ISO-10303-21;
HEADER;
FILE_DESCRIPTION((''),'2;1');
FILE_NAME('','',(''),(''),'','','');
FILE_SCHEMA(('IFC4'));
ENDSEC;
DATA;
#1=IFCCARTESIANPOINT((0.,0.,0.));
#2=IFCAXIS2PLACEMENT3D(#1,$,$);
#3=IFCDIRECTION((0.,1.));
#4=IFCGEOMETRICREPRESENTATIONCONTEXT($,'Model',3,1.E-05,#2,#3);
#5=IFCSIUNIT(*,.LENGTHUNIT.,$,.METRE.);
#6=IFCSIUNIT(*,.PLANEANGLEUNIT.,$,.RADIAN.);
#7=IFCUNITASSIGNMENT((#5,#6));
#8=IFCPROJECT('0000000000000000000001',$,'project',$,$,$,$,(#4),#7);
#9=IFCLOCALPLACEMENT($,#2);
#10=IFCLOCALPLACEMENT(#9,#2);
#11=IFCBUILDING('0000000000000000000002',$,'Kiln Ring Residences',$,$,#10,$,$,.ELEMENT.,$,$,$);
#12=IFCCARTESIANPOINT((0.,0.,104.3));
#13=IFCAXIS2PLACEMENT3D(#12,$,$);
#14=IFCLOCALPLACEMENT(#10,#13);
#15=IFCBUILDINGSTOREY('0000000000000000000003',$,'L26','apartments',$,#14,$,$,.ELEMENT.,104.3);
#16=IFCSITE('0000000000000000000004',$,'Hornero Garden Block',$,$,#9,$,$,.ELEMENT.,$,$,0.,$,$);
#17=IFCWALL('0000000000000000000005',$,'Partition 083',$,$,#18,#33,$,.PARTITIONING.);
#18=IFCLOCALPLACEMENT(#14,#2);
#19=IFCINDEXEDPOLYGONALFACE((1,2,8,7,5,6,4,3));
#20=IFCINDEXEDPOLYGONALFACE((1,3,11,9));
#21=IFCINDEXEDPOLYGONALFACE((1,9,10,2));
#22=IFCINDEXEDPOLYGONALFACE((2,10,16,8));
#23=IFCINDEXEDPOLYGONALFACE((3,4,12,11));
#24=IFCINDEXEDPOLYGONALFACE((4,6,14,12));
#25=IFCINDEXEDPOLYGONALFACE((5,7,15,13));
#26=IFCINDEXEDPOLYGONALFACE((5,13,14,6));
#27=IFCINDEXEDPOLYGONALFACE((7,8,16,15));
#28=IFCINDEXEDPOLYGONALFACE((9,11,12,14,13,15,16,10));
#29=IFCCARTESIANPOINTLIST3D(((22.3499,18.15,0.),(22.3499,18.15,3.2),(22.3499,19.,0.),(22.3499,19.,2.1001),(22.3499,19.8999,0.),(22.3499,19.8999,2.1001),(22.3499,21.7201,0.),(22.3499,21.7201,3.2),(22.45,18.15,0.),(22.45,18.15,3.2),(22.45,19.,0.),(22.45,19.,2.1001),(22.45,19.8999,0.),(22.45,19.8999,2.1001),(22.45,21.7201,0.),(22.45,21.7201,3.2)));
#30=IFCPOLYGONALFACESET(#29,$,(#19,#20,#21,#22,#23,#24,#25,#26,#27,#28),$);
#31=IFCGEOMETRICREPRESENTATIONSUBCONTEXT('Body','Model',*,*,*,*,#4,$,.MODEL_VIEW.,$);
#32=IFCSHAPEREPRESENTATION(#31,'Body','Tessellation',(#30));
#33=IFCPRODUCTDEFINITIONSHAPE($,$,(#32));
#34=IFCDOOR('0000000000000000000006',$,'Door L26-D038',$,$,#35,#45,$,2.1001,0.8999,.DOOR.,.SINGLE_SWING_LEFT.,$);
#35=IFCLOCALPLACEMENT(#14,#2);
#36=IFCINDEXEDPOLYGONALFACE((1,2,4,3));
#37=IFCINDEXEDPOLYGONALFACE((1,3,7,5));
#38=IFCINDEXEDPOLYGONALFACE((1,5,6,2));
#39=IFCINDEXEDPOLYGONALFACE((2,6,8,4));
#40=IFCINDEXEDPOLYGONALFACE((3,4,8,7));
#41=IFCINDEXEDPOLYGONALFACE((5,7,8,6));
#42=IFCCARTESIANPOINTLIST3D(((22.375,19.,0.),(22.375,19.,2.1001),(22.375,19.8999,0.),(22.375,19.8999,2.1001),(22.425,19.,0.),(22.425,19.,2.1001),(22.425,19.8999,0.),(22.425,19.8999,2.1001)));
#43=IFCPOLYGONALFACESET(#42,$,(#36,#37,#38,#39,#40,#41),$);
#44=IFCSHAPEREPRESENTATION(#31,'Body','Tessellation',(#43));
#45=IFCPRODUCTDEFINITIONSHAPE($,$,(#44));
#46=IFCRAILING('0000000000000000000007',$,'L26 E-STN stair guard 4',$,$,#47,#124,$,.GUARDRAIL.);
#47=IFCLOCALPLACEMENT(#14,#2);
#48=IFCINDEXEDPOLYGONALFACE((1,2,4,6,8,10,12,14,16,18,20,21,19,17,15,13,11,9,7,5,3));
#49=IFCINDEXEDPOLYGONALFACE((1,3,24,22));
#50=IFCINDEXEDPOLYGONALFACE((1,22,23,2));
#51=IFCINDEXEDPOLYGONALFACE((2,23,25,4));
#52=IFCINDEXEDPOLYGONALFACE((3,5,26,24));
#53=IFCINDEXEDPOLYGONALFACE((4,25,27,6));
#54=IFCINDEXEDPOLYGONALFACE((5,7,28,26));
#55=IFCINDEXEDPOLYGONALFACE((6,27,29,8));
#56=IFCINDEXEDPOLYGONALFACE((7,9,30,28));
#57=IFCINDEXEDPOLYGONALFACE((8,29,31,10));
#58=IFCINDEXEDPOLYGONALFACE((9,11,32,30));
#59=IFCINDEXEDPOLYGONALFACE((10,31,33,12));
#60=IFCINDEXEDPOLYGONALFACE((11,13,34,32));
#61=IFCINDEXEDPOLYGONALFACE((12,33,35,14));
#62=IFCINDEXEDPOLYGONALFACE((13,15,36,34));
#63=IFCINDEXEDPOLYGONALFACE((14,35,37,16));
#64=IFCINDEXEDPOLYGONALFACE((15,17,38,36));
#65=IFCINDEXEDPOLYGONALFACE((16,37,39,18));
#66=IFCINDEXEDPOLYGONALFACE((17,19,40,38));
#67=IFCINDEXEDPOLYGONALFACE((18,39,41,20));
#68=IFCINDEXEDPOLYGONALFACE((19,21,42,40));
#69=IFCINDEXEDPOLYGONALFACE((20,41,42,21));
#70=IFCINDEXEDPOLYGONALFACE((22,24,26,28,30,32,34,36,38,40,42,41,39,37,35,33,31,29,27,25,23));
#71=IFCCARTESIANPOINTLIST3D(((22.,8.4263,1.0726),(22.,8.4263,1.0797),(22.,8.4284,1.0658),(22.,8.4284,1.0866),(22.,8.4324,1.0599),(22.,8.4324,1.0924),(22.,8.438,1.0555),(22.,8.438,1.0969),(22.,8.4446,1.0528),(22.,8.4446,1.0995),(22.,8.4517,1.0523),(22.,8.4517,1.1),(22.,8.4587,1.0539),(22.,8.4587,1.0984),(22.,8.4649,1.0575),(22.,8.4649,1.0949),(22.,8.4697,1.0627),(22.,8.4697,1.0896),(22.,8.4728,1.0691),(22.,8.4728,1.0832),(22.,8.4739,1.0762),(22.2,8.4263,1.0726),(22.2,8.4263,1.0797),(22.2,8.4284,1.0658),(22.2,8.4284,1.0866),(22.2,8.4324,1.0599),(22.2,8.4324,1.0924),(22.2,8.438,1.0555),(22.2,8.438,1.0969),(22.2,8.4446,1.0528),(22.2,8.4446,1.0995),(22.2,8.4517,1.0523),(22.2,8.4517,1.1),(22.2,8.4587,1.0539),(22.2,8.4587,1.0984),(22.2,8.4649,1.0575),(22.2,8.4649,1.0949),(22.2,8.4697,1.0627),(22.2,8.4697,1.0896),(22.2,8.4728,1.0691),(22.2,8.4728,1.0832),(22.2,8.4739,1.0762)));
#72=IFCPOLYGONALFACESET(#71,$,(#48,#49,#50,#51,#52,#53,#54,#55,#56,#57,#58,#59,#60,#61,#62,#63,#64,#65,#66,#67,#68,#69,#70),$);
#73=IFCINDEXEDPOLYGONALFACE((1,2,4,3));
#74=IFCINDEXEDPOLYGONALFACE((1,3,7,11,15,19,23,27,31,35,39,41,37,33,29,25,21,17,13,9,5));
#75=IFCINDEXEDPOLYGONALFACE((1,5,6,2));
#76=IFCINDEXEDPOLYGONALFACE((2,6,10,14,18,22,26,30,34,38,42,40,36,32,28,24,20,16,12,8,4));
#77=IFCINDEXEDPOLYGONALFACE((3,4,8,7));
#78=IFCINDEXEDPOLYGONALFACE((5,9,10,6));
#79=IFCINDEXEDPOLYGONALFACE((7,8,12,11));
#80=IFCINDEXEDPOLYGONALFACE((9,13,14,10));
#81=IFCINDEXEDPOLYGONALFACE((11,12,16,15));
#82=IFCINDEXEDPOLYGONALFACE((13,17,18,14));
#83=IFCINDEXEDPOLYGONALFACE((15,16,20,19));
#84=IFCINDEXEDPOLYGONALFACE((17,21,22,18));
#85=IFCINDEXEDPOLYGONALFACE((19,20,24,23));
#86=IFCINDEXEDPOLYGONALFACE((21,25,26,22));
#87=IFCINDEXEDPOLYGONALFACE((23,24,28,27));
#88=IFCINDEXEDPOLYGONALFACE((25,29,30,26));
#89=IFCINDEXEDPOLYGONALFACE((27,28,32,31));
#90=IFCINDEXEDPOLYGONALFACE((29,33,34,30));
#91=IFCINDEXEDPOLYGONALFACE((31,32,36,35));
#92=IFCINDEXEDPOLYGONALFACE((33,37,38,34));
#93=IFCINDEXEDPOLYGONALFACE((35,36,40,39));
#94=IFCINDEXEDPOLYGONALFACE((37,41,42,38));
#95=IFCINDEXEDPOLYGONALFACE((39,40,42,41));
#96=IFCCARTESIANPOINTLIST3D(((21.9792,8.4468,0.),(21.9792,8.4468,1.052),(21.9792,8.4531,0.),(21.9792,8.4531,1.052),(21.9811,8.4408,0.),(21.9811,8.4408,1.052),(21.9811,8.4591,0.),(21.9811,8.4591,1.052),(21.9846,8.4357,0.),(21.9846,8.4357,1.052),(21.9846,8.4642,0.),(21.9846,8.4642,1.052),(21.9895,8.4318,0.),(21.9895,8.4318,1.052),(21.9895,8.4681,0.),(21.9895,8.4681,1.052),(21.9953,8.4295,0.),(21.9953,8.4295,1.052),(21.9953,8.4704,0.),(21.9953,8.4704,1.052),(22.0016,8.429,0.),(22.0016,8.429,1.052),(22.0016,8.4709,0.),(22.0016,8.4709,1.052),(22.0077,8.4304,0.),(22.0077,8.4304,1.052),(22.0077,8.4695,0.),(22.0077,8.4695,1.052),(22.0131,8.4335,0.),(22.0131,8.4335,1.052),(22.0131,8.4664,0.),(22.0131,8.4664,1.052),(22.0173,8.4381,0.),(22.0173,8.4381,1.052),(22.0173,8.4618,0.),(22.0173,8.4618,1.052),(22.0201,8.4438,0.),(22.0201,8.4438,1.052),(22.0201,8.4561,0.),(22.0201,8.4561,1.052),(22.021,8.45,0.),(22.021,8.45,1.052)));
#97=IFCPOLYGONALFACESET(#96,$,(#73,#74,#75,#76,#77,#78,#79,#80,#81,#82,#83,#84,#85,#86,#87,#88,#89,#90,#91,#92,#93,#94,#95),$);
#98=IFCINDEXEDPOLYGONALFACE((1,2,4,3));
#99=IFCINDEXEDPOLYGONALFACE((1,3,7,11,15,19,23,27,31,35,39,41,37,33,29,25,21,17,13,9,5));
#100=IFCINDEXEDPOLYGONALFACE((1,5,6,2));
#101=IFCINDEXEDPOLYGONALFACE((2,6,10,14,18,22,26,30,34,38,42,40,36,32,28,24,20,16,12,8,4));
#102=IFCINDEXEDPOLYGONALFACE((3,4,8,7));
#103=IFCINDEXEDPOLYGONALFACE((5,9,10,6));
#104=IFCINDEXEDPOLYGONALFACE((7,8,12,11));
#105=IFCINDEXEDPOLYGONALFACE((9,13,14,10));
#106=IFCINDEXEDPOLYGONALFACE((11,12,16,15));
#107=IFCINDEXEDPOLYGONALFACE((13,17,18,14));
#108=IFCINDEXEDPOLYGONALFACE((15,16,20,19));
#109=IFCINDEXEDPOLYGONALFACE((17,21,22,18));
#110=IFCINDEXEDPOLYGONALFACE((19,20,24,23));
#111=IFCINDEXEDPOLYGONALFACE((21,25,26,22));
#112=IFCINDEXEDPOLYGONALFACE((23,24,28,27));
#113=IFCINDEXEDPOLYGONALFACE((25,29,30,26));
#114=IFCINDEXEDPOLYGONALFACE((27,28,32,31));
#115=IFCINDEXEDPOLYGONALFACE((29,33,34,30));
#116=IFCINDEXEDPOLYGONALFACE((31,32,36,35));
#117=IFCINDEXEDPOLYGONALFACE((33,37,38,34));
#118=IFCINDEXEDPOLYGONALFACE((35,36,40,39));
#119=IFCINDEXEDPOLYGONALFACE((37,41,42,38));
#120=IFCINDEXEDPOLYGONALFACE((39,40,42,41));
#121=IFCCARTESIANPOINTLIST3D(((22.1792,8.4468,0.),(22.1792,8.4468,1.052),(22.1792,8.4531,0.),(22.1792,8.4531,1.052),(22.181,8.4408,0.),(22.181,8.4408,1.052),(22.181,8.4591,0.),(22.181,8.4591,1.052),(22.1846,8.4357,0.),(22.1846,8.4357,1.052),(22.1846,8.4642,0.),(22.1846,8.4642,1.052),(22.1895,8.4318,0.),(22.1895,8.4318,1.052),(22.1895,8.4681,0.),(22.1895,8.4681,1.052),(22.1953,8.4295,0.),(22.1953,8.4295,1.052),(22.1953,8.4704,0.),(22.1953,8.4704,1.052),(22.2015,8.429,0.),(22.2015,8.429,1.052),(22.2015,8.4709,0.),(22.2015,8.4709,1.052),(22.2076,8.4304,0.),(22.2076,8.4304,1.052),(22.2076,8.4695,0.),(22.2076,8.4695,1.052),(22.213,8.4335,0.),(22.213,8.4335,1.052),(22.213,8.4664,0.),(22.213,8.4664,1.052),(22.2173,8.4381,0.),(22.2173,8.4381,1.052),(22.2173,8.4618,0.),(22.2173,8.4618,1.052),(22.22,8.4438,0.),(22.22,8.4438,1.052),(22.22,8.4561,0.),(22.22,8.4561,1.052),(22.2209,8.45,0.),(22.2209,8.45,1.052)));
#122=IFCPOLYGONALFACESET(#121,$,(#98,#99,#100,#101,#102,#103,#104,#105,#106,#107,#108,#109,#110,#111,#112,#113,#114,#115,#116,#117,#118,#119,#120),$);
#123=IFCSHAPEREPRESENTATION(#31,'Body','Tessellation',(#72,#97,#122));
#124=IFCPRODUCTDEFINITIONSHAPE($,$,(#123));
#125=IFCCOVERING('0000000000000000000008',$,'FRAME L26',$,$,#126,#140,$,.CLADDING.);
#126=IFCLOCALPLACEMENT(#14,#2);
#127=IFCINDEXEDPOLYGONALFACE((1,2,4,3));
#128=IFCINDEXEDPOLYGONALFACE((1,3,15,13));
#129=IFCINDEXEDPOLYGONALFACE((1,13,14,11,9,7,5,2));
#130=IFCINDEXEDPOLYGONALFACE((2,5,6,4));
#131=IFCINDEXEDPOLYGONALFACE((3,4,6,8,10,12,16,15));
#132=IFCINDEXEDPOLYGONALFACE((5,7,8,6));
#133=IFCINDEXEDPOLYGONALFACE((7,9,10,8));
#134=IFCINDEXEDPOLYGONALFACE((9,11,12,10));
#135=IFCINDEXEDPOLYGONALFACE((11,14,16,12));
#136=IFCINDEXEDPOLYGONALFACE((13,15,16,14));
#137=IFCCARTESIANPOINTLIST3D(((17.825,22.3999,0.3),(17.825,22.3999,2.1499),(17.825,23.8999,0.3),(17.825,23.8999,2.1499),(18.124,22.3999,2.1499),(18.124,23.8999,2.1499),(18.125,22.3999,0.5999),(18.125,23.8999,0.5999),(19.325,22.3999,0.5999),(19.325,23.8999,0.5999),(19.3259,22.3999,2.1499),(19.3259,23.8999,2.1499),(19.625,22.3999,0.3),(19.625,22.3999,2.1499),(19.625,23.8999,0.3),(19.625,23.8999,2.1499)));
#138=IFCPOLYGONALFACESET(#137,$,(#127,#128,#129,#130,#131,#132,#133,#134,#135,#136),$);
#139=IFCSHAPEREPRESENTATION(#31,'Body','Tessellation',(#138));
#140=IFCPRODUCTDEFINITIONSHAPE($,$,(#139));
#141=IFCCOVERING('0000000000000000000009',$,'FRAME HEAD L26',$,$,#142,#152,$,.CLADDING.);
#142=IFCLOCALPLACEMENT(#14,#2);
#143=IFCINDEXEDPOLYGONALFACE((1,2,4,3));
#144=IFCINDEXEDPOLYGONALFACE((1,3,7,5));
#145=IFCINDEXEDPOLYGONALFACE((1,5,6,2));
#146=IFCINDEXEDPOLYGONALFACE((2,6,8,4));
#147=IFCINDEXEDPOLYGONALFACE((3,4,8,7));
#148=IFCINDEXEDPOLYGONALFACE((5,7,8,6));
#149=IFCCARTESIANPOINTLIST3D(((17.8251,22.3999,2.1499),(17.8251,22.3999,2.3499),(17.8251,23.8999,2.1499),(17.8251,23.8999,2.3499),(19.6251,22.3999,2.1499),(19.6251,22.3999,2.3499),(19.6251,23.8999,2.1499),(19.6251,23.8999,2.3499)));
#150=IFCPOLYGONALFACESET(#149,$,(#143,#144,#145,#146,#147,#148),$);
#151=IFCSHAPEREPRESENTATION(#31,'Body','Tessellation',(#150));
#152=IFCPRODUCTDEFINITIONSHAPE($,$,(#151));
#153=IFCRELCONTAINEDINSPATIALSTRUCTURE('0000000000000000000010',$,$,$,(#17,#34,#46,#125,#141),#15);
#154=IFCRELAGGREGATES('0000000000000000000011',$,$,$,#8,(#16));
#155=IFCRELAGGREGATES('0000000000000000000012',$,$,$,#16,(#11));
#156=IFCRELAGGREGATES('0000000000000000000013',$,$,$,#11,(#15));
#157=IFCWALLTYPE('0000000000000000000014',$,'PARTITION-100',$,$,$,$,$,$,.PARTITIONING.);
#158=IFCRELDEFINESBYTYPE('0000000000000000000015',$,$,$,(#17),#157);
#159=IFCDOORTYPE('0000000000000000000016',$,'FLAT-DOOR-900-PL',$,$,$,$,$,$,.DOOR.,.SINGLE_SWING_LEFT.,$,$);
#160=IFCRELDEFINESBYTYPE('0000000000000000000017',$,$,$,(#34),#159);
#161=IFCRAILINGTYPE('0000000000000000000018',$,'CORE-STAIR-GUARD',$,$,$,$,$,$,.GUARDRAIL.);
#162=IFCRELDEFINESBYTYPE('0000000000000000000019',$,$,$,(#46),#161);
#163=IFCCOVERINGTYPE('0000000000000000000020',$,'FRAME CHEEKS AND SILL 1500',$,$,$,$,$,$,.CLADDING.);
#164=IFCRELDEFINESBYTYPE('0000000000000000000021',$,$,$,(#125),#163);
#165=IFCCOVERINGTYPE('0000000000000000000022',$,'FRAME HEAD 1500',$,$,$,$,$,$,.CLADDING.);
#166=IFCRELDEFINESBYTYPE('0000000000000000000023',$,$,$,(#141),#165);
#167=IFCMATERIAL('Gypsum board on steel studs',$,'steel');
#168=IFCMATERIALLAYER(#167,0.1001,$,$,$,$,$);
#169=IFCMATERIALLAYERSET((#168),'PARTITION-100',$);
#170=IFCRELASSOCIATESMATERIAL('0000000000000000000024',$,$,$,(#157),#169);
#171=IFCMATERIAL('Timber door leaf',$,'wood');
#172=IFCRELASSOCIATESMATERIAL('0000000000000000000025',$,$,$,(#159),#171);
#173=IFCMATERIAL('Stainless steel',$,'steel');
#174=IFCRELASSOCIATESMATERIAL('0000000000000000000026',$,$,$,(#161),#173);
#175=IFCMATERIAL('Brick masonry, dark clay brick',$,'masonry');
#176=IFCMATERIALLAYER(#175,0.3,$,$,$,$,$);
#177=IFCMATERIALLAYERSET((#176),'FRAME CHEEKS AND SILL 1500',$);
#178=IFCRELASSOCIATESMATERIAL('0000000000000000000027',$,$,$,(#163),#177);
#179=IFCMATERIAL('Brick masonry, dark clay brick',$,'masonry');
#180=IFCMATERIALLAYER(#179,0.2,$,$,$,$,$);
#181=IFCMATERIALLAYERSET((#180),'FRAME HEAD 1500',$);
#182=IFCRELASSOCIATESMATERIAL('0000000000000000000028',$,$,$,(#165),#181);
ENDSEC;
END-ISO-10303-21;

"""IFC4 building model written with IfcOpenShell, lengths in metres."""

from ifc_helpers import new_model, si_unit, direction, frame, frame_2d, origin, origin_2d, place, context, subcontext, project, spatial, polyline, rectangle, circle, outline, extrude, material, layer, layer_set, type_object, element, fill, save


model = new_model("IFC4")

# Units and contexts
model_context = context("Model", 3, precision=1e-05, world=origin(), true_north=direction((0.0, 1.0)))
body_context = subcontext(model_context, "Body", "Model", "MODEL_VIEW")
ifc_project = project(units=[si_unit("LENGTHUNIT", "METRE"), si_unit("PLANEANGLEUNIT", "RADIAN")], contexts=[model_context])

# Site, building, storey
site_placement = place(None, origin())
site = spatial("IfcSite", under=ifc_project, at=site_placement, Name="Hornero Garden Block", CompositionType="ELEMENT", RefElevation=0.0)
building_placement = place(site_placement, origin())
building = spatial("IfcBuilding", under=site, at=building_placement, Name="Kiln Ring Residences", CompositionType="ELEMENT")
storey_placement = place(building_placement, frame((0.0, 0.0, 104.3)))
storey = spatial("IfcBuildingStorey", under=building, at=storey_placement, Name="L26", Description="apartments", CompositionType="ELEMENT", Elevation=104.3)

# Shared definitions
ifc_material_1 = material(Name="Gypsum board on steel studs", Category="steel")
ifc_layer_1 = layer(ifc_material_1, 0.1001)
ifc_layer_set_1 = layer_set([ifc_layer_1], Name="PARTITION-100")
wall_type_1 = type_object("IfcWallType", Name="PARTITION-100", PredefinedType="PARTITIONING", material=ifc_layer_set_1)

# Wall, opening, door
wall_1_placement = place(storey_placement, frame((22.3999, 18.1499, 0.0), z_axis=(0.0, 0.0, 1.0), x_axis=(0.0, 1.0, 0.0)))
wall_1 = element("IfcWall", 1, at=wall_1_placement, inside=storey, type_object=wall_type_1, Name="Partition 083", PredefinedType="PARTITIONING", context=body_context, shape_type="SweptSolid", body=[
    extrude(rectangle(XDim=3.5701, YDim=0.1001, at=frame_2d((1.7852, 0.0))), origin(), (0.0, 0.0, 1.0), 3.2),
])
opening_1_placement = place(wall_1_placement, frame((0.8501, 0.0, 0.0)))
opening_1 = element("IfcOpeningElement", 2, at=opening_1_placement, cuts=wall_1, PredefinedType="OPENING", context=body_context, shape_type="SweptSolid", body=[
    extrude(rectangle(XDim=0.8999, YDim=2.1001, at=frame_2d((0.45, 1.05))), frame((0.0, 0.0601, 0.0), z_axis=(0.0, -1.0, 0.0), x_axis=(1.0, 0.0, 0.0)), (0.0, 0.0, 1.0), 0.1201),
])
ifc_material_2 = material(Name="Timber door leaf", Category="wood")
door_type_1 = type_object("IfcDoorType", Name="FLAT-DOOR-900-PL", OperationType="SINGLE_SWING_LEFT", PredefinedType="DOOR", material=ifc_material_2)
door_1_placement = place(opening_1_placement, origin())
door_1 = element("IfcDoor", 3, at=door_1_placement, inside=storey, type_object=door_type_1, Name="Door L26-D038", OperationType="SINGLE_SWING_LEFT", OverallHeight=2.1001, OverallWidth=0.8999, PredefinedType="DOOR", context=body_context, shape_type="SweptSolid", body=[
    extrude(rectangle(XDim=0.8999, YDim=2.1001, at=frame_2d((0.45, 1.05))), frame((0.0, 0.0249, 0.0), z_axis=(0.0, -1.0, 0.0), x_axis=(1.0, 0.0, 0.0)), (0.0, 0.0, 1.0), 0.05),
])
fill(opening_1, door_1)

# Railing
ifc_material_3 = material(Name="Stainless steel", Category="steel")
railing_type = type_object("IfcRailingType", Name="CORE-STAIR-GUARD", PredefinedType="GUARDRAIL", material=ifc_material_3)
railing_placement = place(storey_placement, frame((22.0, 8.45, 0.0)))
element("IfcRailing", 4, at=railing_placement, inside=storey, type_object=railing_type, Name="L26 E-STN stair guard 4", PredefinedType="GUARDRAIL", context=body_context, shape_type="SweptSolid", body=[
    extrude(circle(Radius=0.0239, at=origin_2d()), frame((0.0, 0.0, 1.0762), z_axis=(1.0, 0.0, 0.0), x_axis=(0.0, 1.0, 0.0)), (0.0, 0.0, 1.0), 0.2),
    extrude(circle(Radius=0.021, at=origin_2d()), origin(), (0.0, 0.0, 1.0), 1.052),
    extrude(circle(Radius=0.021, at=origin_2d()), frame((0.2, 0.0, 0.0)), (0.0, 0.0, 1.0), 1.052),
])

# Coverings
ifc_material_4 = material(Name="Brick masonry, dark clay brick", Category="masonry")
ifc_layer_2 = layer(ifc_material_4, 0.3)
ifc_layer_set_2 = layer_set([ifc_layer_2], Name="FRAME CHEEKS AND SILL 1500")
covering_type_1 = type_object("IfcCoveringType", Name="FRAME CHEEKS AND SILL 1500", PredefinedType="CLADDING", material=ifc_layer_set_2)
covering_1_placement = place(storey_placement, frame((19.625, 23.1499, 0.3), z_axis=(0.0, 0.0, 1.0), x_axis=(-1.0, 0.0, 0.0)))
element("IfcCovering", 5, at=covering_1_placement, inside=storey, type_object=covering_type_1, Name="FRAME L26", PredefinedType="CLADDING", context=body_context, shape_type="SweptSolid", body=[
    extrude(outline(polyline([(0.0, 0.0), (1.8, 0.0), (1.8, 1.8499), (1.501, 1.8499), (1.5, 0.2998), (0.3, 0.2998), (0.2991, 1.8499), (0.0, 1.8499), (0.0, 0.0)])), frame((0.0, 0.75, 0.0), z_axis=(0.0, -1.0, 0.0), x_axis=(1.0, 0.0, 0.0)), (0.0, 0.0, 1.0), 1.5),
])
ifc_material_5 = material(Name="Brick masonry, dark clay brick", Category="masonry")
ifc_layer_3 = layer(ifc_material_5, 0.2)
ifc_layer_set_3 = layer_set([ifc_layer_3], Name="FRAME HEAD 1500")
covering_type_2 = type_object("IfcCoveringType", Name="FRAME HEAD 1500", PredefinedType="CLADDING", material=ifc_layer_set_3)
covering_2_placement = place(storey_placement, frame((18.7251, 23.1499, 2.1499), z_axis=(0.0, 0.0, 1.0), x_axis=(-1.0, 0.0, 0.0)))
element("IfcCovering", 6, at=covering_2_placement, inside=storey, type_object=covering_type_2, Name="FRAME HEAD L26", PredefinedType="CLADDING", context=body_context, shape_type="SweptSolid", body=[
    extrude(rectangle(XDim=1.8, YDim=1.5, at=origin_2d()), origin(), (0.0, 0.0, 1.0), 0.2),
])

save(model, "model.ifc")
